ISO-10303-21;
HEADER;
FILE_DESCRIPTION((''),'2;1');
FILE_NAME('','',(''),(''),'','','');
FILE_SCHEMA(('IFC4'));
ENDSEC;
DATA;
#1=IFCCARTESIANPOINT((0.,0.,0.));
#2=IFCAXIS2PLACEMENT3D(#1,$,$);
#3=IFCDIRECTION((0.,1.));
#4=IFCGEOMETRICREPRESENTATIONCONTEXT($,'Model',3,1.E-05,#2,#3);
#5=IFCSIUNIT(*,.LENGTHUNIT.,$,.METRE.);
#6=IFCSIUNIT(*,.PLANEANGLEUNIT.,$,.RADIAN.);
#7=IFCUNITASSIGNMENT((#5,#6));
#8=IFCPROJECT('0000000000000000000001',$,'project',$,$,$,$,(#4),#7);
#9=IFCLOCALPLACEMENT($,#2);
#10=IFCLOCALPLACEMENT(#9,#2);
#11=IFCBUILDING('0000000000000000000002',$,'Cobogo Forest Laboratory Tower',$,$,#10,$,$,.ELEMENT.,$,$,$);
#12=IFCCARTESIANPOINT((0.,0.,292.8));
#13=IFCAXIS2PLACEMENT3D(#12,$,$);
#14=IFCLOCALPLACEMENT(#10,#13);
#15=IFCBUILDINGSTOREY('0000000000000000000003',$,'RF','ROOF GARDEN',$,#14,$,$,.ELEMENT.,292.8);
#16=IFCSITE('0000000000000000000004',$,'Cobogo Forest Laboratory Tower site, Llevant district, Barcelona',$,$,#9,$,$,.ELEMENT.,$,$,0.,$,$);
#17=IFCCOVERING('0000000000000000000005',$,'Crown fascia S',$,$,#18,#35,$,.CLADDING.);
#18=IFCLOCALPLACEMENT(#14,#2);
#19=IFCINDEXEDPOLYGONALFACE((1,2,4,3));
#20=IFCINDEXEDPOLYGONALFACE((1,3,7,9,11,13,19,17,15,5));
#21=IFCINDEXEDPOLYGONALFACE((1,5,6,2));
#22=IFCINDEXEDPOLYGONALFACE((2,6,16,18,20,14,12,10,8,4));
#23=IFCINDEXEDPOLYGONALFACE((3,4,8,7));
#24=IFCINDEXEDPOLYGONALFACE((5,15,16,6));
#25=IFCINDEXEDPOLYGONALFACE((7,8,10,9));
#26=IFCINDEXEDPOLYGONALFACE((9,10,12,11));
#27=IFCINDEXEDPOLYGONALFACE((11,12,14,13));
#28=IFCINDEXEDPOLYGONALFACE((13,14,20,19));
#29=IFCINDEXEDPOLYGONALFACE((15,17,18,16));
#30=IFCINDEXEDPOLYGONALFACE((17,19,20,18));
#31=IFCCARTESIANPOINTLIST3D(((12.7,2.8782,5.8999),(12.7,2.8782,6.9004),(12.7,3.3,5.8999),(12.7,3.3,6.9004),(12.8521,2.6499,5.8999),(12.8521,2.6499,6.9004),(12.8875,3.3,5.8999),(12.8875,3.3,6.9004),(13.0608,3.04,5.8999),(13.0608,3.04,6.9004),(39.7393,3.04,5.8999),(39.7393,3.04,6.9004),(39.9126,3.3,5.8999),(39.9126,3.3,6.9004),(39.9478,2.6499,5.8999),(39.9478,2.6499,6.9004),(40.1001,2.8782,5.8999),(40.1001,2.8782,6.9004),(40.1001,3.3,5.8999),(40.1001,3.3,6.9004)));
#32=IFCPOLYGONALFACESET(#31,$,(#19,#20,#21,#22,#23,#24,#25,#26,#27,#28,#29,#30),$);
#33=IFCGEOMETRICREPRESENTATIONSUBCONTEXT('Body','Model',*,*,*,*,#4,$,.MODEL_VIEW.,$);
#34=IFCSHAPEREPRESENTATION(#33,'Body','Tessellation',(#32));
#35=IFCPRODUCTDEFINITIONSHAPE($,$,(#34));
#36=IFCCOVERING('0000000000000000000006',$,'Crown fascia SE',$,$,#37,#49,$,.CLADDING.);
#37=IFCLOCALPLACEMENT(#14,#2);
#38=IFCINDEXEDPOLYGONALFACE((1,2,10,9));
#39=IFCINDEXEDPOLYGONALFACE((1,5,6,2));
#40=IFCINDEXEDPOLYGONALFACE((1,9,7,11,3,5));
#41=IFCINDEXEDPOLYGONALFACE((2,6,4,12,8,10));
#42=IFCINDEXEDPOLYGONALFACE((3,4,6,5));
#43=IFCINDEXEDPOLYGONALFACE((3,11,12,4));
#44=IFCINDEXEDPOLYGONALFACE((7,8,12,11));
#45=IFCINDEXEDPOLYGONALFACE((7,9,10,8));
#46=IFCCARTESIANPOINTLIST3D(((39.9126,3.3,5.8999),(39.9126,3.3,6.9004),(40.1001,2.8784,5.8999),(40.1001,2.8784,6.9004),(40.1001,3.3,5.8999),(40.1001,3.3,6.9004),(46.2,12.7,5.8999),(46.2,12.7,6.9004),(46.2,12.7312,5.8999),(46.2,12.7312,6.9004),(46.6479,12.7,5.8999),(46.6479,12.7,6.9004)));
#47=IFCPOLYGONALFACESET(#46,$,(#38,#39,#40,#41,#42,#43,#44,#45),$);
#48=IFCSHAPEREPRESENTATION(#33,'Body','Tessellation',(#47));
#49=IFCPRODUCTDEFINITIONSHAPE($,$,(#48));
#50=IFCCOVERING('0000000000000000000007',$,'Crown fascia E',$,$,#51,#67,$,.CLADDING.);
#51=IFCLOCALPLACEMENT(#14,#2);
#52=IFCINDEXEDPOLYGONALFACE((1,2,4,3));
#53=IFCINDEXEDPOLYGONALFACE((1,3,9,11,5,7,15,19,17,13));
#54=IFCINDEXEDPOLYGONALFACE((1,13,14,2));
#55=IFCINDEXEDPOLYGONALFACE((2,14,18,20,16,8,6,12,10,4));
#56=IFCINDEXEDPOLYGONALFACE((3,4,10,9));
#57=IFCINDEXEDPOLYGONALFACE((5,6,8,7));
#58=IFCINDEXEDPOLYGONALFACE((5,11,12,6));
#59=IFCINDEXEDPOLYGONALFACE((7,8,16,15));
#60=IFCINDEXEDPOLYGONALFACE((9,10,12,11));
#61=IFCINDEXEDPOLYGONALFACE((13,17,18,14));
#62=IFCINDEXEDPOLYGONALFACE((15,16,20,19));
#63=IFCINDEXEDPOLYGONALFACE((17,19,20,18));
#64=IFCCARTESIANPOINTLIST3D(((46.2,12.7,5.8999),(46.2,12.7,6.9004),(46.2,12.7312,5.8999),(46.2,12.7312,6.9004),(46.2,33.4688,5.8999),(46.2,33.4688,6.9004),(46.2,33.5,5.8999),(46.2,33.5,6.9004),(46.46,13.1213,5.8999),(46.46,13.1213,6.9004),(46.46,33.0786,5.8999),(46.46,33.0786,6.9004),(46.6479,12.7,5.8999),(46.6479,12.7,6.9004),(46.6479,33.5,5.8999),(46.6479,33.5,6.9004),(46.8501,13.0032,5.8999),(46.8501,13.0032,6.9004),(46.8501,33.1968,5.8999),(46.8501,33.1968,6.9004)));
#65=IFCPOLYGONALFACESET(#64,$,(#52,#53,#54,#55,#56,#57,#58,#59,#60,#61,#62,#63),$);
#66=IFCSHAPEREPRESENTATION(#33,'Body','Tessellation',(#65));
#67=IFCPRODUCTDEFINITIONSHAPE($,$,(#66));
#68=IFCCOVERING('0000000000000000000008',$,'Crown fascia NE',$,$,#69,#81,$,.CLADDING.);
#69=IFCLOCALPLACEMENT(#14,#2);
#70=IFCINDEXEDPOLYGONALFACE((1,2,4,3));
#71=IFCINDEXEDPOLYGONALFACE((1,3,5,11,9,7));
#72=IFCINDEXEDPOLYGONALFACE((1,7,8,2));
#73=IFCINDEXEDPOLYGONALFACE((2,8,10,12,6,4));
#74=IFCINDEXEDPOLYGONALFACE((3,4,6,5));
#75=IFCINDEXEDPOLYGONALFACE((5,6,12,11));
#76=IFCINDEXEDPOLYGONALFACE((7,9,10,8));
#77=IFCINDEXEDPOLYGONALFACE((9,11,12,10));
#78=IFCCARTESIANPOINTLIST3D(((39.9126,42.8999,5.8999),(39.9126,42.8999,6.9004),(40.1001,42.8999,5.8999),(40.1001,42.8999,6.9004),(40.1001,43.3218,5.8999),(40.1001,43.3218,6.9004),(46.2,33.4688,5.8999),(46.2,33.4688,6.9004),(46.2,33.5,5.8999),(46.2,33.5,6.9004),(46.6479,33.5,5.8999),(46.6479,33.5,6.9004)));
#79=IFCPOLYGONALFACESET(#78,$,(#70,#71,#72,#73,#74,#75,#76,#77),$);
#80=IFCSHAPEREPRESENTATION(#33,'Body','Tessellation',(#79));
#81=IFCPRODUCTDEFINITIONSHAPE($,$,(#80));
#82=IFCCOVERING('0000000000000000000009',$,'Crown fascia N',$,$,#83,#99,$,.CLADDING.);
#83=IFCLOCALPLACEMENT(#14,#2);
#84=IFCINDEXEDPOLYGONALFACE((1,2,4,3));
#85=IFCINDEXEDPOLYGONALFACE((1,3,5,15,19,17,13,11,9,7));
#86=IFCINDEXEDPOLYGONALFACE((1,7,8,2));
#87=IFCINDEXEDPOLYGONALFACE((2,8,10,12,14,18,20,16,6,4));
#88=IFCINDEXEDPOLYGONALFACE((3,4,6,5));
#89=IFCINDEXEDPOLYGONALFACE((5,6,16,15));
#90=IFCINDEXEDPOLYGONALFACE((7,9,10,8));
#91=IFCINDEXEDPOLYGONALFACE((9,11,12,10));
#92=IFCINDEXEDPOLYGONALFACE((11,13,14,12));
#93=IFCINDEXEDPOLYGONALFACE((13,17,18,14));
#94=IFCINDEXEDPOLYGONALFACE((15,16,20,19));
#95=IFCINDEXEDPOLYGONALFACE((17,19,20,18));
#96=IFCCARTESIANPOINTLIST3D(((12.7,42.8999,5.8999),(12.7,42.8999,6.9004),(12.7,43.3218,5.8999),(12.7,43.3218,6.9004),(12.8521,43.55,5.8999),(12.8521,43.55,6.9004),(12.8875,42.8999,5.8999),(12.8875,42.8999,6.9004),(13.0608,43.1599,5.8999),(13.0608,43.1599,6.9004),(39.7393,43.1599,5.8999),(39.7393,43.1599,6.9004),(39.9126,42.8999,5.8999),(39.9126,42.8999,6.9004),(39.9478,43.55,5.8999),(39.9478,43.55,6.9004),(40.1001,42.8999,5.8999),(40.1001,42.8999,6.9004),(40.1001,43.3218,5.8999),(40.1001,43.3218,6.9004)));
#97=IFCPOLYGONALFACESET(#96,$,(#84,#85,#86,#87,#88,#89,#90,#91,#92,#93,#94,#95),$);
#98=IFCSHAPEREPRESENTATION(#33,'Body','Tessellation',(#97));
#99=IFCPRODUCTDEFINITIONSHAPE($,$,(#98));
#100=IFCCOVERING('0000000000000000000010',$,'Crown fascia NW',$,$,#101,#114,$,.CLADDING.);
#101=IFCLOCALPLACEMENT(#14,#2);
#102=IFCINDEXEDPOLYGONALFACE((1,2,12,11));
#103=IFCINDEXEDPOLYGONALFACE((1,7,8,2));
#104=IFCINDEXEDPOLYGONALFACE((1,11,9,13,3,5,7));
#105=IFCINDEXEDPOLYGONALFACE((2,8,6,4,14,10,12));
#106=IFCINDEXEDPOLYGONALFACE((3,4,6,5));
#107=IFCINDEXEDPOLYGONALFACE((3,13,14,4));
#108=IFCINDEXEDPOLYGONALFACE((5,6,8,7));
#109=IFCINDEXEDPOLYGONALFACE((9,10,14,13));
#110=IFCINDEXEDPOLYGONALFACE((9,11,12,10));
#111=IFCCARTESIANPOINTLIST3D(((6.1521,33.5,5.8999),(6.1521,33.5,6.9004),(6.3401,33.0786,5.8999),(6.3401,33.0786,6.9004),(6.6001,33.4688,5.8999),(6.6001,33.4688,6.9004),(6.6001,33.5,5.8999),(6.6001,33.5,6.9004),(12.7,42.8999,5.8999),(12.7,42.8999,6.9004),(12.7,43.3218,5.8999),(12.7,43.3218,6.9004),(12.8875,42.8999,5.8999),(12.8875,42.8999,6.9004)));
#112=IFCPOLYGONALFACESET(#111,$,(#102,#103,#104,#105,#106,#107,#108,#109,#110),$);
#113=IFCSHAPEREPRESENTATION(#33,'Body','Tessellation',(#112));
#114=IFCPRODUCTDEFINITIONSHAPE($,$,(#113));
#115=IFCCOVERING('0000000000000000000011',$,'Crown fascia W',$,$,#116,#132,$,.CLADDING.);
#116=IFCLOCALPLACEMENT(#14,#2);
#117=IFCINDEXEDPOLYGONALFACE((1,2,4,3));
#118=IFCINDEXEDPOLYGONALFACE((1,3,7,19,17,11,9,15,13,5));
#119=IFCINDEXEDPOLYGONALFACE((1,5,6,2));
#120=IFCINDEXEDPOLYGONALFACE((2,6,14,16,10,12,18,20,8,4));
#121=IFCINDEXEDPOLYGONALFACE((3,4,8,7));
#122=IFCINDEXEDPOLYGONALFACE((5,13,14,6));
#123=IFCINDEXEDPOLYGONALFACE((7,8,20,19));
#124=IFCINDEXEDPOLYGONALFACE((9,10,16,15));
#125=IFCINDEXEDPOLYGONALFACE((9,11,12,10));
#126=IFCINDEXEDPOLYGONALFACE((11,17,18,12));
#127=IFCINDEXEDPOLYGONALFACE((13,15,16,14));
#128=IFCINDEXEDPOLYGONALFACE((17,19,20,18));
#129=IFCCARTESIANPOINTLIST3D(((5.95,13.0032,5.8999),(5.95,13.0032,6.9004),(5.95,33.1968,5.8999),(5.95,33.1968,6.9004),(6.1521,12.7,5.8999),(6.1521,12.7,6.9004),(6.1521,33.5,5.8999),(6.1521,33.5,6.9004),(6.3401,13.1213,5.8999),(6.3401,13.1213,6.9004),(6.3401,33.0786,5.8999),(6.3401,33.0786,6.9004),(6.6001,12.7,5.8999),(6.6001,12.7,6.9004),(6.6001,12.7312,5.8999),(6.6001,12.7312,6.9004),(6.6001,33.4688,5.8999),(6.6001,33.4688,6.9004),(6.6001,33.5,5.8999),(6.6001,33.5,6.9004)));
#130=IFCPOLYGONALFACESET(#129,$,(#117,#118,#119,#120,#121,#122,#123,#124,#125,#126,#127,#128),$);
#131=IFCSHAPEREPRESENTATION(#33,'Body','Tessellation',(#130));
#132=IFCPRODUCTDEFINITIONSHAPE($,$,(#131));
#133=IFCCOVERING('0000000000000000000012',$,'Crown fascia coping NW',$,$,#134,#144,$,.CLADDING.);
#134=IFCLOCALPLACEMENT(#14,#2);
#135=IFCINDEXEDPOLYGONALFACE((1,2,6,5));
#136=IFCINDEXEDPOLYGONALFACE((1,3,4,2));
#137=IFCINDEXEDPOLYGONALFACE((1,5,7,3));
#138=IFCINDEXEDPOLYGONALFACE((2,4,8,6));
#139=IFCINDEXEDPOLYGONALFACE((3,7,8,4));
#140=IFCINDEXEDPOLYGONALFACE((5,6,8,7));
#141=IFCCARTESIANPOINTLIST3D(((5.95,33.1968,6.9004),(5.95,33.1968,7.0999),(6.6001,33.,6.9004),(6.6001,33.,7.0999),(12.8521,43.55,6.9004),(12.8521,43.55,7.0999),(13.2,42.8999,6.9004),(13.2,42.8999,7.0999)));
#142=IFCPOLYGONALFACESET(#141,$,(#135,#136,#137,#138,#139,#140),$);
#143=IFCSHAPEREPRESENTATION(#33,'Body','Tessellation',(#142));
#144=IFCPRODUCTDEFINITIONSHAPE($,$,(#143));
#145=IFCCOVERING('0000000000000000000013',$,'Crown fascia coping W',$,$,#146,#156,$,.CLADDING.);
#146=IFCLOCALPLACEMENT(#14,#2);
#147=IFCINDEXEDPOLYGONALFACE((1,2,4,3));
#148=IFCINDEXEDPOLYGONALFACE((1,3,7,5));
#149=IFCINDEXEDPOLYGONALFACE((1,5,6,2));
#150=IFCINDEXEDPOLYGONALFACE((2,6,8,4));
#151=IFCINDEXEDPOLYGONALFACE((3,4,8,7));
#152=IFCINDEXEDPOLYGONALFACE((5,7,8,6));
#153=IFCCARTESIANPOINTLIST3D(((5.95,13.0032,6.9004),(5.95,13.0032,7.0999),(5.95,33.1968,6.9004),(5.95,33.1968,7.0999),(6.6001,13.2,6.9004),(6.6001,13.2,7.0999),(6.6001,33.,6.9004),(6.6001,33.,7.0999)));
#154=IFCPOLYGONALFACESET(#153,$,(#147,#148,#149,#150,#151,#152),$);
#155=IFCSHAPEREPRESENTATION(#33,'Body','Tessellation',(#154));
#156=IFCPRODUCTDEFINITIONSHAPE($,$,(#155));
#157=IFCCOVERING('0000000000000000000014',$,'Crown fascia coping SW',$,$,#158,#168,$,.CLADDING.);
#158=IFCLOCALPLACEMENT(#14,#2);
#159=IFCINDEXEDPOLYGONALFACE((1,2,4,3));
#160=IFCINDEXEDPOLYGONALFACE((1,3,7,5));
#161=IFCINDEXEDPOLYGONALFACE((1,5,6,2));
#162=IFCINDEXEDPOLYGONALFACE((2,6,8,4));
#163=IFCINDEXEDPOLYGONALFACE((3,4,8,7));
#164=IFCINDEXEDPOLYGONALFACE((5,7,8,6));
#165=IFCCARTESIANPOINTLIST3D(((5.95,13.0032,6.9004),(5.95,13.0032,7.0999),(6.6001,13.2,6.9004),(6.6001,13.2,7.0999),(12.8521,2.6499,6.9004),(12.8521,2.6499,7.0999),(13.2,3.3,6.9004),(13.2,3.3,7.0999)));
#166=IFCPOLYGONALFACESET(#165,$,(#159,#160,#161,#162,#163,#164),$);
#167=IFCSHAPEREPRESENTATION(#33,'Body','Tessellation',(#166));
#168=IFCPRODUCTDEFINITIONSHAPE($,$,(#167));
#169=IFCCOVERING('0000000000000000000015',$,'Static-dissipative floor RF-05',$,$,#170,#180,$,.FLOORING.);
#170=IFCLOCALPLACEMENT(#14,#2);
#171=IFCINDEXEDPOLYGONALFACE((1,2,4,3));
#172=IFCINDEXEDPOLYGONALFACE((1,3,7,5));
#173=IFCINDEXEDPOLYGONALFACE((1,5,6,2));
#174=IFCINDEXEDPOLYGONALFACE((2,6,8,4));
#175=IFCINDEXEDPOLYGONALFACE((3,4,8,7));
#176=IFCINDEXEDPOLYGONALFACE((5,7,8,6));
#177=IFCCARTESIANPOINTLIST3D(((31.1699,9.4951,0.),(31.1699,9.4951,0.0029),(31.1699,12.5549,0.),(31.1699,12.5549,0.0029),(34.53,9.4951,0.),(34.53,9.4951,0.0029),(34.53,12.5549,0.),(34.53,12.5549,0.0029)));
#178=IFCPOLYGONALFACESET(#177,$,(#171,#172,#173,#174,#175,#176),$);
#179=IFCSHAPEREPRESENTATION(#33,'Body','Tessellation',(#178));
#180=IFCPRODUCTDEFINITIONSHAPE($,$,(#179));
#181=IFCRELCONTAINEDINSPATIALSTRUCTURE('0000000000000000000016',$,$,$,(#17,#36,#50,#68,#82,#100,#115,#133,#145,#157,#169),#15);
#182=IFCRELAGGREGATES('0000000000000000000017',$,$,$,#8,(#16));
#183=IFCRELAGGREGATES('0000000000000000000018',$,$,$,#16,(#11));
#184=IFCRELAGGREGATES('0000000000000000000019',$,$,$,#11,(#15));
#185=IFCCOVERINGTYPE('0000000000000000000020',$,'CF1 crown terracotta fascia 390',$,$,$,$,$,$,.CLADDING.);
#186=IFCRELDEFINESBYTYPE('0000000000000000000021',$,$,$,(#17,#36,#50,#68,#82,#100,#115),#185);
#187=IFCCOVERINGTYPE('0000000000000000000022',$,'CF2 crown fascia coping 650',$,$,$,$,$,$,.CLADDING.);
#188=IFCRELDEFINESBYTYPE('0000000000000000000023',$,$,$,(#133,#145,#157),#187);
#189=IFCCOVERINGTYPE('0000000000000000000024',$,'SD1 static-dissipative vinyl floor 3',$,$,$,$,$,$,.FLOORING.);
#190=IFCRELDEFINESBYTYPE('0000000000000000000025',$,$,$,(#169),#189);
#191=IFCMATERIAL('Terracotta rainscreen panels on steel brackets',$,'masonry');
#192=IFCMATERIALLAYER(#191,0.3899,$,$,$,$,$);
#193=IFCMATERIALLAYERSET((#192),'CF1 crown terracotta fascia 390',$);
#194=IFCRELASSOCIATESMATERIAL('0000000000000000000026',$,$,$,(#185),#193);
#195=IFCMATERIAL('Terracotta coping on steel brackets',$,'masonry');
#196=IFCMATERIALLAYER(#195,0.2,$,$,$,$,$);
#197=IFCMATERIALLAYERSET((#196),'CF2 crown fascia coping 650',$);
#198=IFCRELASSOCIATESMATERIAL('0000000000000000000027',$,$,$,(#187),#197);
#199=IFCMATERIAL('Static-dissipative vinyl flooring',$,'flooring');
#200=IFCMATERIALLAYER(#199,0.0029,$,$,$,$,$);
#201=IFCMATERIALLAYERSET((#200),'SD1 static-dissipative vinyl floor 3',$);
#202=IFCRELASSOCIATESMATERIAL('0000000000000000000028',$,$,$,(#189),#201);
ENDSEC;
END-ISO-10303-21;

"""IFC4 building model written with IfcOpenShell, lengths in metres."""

from ifc_helpers import new_model, si_unit, direction, frame, origin, place, context, subcontext, project, spatial, polyline, outline, extrude, material, layer, layer_set, type_object, element, save


model = new_model("IFC4")

# Units and contexts
model_context = context("Model", 3, precision=1e-05, world=origin(), true_north=direction((0.0, 1.0)))
body_context = subcontext(model_context, "Body", "Model", "MODEL_VIEW")
ifc_project = project(units=[si_unit("LENGTHUNIT", "METRE"), si_unit("PLANEANGLEUNIT", "RADIAN")], contexts=[model_context])

# Site, building, storey
site_placement = place(None, origin())
site = spatial("IfcSite", under=ifc_project, at=site_placement, Name="Cobogo Forest Laboratory Tower site, Llevant district, Barcelona", CompositionType="ELEMENT", RefElevation=0.0)
building_placement = place(site_placement, origin())
building = spatial("IfcBuilding", under=site, at=building_placement, Name="Cobogo Forest Laboratory Tower", CompositionType="ELEMENT")
storey_placement = place(building_placement, frame((0.0, 0.0, 292.8)))
storey = spatial("IfcBuildingStorey", under=building, at=storey_placement, Name="RF", Description="ROOF GARDEN", CompositionType="ELEMENT", Elevation=292.8)

# Coverings
ifc_material_1 = material(Name="Terracotta rainscreen panels on steel brackets", Category="masonry")
ifc_layer_1 = layer(ifc_material_1, 0.3899)
ifc_layer_set_1 = layer_set([ifc_layer_1], Name="CF1 crown terracotta fascia 390")
covering_type_1 = type_object("IfcCoveringType", Name="CF1 crown terracotta fascia 390", PredefinedType="CLADDING", material=ifc_layer_set_1)
covering_1_placement = place(storey_placement, frame((0.0, 0.0, 5.8999)))
element("IfcCovering", 1, at=covering_1_placement, inside=storey, type_object=covering_type_1, Name="Crown fascia S", PredefinedType="CLADDING", context=body_context, shape_type="SweptSolid", body=[
    extrude(outline(polyline([(39.9478, 2.6499), (40.1001, 2.8782), (40.1001, 3.3), (39.9126, 3.3), (39.7393, 3.04), (13.0608, 3.04), (12.8875, 3.3), (12.7, 3.3), (12.7, 2.8782), (12.8521, 2.6499), (39.9478, 2.6499)])), origin(), (0.0, 0.0, 1.0), 1.0005),
])
covering_2_placement = place(storey_placement, frame((0.0, 0.0, 5.8999)))
element("IfcCovering", 2, at=covering_2_placement, inside=storey, type_object=covering_type_1, Name="Crown fascia SE", PredefinedType="CLADDING", context=body_context, shape_type="SweptSolid", body=[
    extrude(outline(polyline([(39.9478, 2.6499), (46.6479, 12.7), (46.2, 12.7), (46.2, 12.7312), (39.9126, 3.3), (40.1001, 3.3), (40.1001, 2.8782), (39.9478, 2.6499)])), origin(), (0.0, 0.0, 1.0), 1.0005),
])
covering_3_placement = place(storey_placement, frame((0.0, 0.0, 5.8999)))
element("IfcCovering", 3, at=covering_3_placement, inside=storey, type_object=covering_type_1, Name="Crown fascia E", PredefinedType="CLADDING", context=body_context, shape_type="SweptSolid", body=[
    extrude(outline(polyline([(46.8501, 33.1968), (46.6479, 33.5), (46.2, 33.5), (46.2, 33.4688), (46.46, 33.0786), (46.46, 13.1213), (46.2, 12.7312), (46.2, 12.7), (46.6479, 12.7), (46.8501, 13.0032), (46.8501, 33.1968)])), origin(), (0.0, 0.0, 1.0), 1.0005),
])
covering_4_placement = place(storey_placement, frame((0.0, 0.0, 5.8999)))
element("IfcCovering", 4, at=covering_4_placement, inside=storey, type_object=covering_type_1, Name="Crown fascia NE", PredefinedType="CLADDING", context=body_context, shape_type="SweptSolid", body=[
    extrude(outline(polyline([(46.6479, 33.5), (40.1001, 43.3218), (40.1001, 42.8999), (39.9126, 42.8999), (46.2, 33.4688), (46.2, 33.5), (46.6479, 33.5)])), origin(), (0.0, 0.0, 1.0), 1.0005),
])
covering_5_placement = place(storey_placement, frame((0.0, 0.0, 5.8999)))
element("IfcCovering", 5, at=covering_5_placement, inside=storey, type_object=covering_type_1, Name="Crown fascia N", PredefinedType="CLADDING", context=body_context, shape_type="SweptSolid", body=[
    extrude(outline(polyline([(12.8521, 43.55), (12.7, 43.3218), (12.7, 42.8999), (12.8875, 42.8999), (13.0608, 43.1599), (39.7393, 43.1599), (39.9126, 42.8999), (40.1001, 42.8999), (40.1001, 43.3218), (39.9478, 43.55), (12.8521, 43.55)])), origin(), (0.0, 0.0, 1.0), 1.0005),
])
covering_6_placement = place(storey_placement, frame((0.0, 0.0, 5.8999)))
element("IfcCovering", 6, at=covering_6_placement, inside=storey, type_object=covering_type_1, Name="Crown fascia NW", PredefinedType="CLADDING", context=body_context, shape_type="SweptSolid", body=[
    extrude(outline(polyline([(12.7, 43.3218), (5.95, 33.1968), (6.1521, 33.5), (6.6001, 33.5), (6.6001, 33.4688), (6.3401, 33.0786), (12.8875, 42.8999), (12.7, 42.8999), (12.7, 43.3218)])), origin(), (0.0, 0.0, 1.0), 1.0005),
])
covering_7_placement = place(storey_placement, frame((0.0, 0.0, 5.8999)))
element("IfcCovering", 7, at=covering_7_placement, inside=storey, type_object=covering_type_1, Name="Crown fascia W", PredefinedType="CLADDING", context=body_context, shape_type="SweptSolid", body=[
    extrude(outline(polyline([(5.95, 33.1968), (5.95, 13.0032), (6.1521, 12.7), (6.6001, 12.7), (6.6001, 12.7312), (6.3401, 13.1213), (6.3401, 33.0786), (6.6001, 33.4688), (6.6001, 33.5), (6.1521, 33.5), (5.95, 33.1968)])), origin(), (0.0, 0.0, 1.0), 1.0005),
])
ifc_material_2 = material(Name="Terracotta coping on steel brackets", Category="masonry")
ifc_layer_2 = layer(ifc_material_2, 0.2)
ifc_layer_set_2 = layer_set([ifc_layer_2], Name="CF2 crown fascia coping 650")
covering_type_2 = type_object("IfcCoveringType", Name="CF2 crown fascia coping 650", PredefinedType="CLADDING", material=ifc_layer_set_2)
covering_8_placement = place(storey_placement, frame((0.0, 0.0, 6.9004)))
element("IfcCovering", 8, at=covering_8_placement, inside=storey, type_object=covering_type_2, Name="Crown fascia coping NW", PredefinedType="CLADDING", context=body_context, shape_type="SweptSolid", body=[
    extrude(outline(polyline([(13.2, 42.8999), (12.8521, 43.55), (5.95, 33.1968), (6.6001, 33.0), (13.2, 42.8999)])), origin(), (0.0, 0.0, 1.0), 0.1995),
])
covering_9_placement = place(storey_placement, frame((0.0, 0.0, 6.9004)))
element("IfcCovering", 9, at=covering_9_placement, inside=storey, type_object=covering_type_2, Name="Crown fascia coping W", PredefinedType="CLADDING", context=body_context, shape_type="SweptSolid", body=[
    extrude(outline(polyline([(6.6001, 33.0), (5.95, 33.1968), (5.95, 13.0032), (6.6001, 13.2), (6.6001, 33.0)])), origin(), (0.0, 0.0, 1.0), 0.1995),
])
covering_10_placement = place(storey_placement, frame((0.0, 0.0, 6.9004)))
element("IfcCovering", 10, at=covering_10_placement, inside=storey, type_object=covering_type_2, Name="Crown fascia coping SW", PredefinedType="CLADDING", context=body_context, shape_type="SweptSolid", body=[
    extrude(outline(polyline([(6.6001, 13.2), (5.95, 13.0032), (12.8521, 2.6499), (13.2, 3.3), (6.6001, 13.2)])), origin(), (0.0, 0.0, 1.0), 0.1995),
])
ifc_material_3 = material(Name="Static-dissipative vinyl flooring", Category="flooring")
ifc_layer_3 = layer(ifc_material_3, 0.0029)
ifc_layer_set_3 = layer_set([ifc_layer_3], Name="SD1 static-dissipative vinyl floor 3")
covering_type_3 = type_object("IfcCoveringType", Name="SD1 static-dissipative vinyl floor 3", PredefinedType="FLOORING", material=ifc_layer_set_3)
covering_11_placement = place(storey_placement, origin())
element("IfcCovering", 11, at=covering_11_placement, inside=storey, type_object=covering_type_3, Name="Static-dissipative floor RF-05", PredefinedType="FLOORING", context=body_context, shape_type="SweptSolid", body=[
    extrude(outline(polyline([(34.53, 9.4951), (31.1699, 9.4951), (31.1699, 12.5549), (34.53, 12.5549), (34.53, 9.4951)])), origin(), (0.0, 0.0, 1.0), 0.0029),
])

save(model, "model.ifc")
